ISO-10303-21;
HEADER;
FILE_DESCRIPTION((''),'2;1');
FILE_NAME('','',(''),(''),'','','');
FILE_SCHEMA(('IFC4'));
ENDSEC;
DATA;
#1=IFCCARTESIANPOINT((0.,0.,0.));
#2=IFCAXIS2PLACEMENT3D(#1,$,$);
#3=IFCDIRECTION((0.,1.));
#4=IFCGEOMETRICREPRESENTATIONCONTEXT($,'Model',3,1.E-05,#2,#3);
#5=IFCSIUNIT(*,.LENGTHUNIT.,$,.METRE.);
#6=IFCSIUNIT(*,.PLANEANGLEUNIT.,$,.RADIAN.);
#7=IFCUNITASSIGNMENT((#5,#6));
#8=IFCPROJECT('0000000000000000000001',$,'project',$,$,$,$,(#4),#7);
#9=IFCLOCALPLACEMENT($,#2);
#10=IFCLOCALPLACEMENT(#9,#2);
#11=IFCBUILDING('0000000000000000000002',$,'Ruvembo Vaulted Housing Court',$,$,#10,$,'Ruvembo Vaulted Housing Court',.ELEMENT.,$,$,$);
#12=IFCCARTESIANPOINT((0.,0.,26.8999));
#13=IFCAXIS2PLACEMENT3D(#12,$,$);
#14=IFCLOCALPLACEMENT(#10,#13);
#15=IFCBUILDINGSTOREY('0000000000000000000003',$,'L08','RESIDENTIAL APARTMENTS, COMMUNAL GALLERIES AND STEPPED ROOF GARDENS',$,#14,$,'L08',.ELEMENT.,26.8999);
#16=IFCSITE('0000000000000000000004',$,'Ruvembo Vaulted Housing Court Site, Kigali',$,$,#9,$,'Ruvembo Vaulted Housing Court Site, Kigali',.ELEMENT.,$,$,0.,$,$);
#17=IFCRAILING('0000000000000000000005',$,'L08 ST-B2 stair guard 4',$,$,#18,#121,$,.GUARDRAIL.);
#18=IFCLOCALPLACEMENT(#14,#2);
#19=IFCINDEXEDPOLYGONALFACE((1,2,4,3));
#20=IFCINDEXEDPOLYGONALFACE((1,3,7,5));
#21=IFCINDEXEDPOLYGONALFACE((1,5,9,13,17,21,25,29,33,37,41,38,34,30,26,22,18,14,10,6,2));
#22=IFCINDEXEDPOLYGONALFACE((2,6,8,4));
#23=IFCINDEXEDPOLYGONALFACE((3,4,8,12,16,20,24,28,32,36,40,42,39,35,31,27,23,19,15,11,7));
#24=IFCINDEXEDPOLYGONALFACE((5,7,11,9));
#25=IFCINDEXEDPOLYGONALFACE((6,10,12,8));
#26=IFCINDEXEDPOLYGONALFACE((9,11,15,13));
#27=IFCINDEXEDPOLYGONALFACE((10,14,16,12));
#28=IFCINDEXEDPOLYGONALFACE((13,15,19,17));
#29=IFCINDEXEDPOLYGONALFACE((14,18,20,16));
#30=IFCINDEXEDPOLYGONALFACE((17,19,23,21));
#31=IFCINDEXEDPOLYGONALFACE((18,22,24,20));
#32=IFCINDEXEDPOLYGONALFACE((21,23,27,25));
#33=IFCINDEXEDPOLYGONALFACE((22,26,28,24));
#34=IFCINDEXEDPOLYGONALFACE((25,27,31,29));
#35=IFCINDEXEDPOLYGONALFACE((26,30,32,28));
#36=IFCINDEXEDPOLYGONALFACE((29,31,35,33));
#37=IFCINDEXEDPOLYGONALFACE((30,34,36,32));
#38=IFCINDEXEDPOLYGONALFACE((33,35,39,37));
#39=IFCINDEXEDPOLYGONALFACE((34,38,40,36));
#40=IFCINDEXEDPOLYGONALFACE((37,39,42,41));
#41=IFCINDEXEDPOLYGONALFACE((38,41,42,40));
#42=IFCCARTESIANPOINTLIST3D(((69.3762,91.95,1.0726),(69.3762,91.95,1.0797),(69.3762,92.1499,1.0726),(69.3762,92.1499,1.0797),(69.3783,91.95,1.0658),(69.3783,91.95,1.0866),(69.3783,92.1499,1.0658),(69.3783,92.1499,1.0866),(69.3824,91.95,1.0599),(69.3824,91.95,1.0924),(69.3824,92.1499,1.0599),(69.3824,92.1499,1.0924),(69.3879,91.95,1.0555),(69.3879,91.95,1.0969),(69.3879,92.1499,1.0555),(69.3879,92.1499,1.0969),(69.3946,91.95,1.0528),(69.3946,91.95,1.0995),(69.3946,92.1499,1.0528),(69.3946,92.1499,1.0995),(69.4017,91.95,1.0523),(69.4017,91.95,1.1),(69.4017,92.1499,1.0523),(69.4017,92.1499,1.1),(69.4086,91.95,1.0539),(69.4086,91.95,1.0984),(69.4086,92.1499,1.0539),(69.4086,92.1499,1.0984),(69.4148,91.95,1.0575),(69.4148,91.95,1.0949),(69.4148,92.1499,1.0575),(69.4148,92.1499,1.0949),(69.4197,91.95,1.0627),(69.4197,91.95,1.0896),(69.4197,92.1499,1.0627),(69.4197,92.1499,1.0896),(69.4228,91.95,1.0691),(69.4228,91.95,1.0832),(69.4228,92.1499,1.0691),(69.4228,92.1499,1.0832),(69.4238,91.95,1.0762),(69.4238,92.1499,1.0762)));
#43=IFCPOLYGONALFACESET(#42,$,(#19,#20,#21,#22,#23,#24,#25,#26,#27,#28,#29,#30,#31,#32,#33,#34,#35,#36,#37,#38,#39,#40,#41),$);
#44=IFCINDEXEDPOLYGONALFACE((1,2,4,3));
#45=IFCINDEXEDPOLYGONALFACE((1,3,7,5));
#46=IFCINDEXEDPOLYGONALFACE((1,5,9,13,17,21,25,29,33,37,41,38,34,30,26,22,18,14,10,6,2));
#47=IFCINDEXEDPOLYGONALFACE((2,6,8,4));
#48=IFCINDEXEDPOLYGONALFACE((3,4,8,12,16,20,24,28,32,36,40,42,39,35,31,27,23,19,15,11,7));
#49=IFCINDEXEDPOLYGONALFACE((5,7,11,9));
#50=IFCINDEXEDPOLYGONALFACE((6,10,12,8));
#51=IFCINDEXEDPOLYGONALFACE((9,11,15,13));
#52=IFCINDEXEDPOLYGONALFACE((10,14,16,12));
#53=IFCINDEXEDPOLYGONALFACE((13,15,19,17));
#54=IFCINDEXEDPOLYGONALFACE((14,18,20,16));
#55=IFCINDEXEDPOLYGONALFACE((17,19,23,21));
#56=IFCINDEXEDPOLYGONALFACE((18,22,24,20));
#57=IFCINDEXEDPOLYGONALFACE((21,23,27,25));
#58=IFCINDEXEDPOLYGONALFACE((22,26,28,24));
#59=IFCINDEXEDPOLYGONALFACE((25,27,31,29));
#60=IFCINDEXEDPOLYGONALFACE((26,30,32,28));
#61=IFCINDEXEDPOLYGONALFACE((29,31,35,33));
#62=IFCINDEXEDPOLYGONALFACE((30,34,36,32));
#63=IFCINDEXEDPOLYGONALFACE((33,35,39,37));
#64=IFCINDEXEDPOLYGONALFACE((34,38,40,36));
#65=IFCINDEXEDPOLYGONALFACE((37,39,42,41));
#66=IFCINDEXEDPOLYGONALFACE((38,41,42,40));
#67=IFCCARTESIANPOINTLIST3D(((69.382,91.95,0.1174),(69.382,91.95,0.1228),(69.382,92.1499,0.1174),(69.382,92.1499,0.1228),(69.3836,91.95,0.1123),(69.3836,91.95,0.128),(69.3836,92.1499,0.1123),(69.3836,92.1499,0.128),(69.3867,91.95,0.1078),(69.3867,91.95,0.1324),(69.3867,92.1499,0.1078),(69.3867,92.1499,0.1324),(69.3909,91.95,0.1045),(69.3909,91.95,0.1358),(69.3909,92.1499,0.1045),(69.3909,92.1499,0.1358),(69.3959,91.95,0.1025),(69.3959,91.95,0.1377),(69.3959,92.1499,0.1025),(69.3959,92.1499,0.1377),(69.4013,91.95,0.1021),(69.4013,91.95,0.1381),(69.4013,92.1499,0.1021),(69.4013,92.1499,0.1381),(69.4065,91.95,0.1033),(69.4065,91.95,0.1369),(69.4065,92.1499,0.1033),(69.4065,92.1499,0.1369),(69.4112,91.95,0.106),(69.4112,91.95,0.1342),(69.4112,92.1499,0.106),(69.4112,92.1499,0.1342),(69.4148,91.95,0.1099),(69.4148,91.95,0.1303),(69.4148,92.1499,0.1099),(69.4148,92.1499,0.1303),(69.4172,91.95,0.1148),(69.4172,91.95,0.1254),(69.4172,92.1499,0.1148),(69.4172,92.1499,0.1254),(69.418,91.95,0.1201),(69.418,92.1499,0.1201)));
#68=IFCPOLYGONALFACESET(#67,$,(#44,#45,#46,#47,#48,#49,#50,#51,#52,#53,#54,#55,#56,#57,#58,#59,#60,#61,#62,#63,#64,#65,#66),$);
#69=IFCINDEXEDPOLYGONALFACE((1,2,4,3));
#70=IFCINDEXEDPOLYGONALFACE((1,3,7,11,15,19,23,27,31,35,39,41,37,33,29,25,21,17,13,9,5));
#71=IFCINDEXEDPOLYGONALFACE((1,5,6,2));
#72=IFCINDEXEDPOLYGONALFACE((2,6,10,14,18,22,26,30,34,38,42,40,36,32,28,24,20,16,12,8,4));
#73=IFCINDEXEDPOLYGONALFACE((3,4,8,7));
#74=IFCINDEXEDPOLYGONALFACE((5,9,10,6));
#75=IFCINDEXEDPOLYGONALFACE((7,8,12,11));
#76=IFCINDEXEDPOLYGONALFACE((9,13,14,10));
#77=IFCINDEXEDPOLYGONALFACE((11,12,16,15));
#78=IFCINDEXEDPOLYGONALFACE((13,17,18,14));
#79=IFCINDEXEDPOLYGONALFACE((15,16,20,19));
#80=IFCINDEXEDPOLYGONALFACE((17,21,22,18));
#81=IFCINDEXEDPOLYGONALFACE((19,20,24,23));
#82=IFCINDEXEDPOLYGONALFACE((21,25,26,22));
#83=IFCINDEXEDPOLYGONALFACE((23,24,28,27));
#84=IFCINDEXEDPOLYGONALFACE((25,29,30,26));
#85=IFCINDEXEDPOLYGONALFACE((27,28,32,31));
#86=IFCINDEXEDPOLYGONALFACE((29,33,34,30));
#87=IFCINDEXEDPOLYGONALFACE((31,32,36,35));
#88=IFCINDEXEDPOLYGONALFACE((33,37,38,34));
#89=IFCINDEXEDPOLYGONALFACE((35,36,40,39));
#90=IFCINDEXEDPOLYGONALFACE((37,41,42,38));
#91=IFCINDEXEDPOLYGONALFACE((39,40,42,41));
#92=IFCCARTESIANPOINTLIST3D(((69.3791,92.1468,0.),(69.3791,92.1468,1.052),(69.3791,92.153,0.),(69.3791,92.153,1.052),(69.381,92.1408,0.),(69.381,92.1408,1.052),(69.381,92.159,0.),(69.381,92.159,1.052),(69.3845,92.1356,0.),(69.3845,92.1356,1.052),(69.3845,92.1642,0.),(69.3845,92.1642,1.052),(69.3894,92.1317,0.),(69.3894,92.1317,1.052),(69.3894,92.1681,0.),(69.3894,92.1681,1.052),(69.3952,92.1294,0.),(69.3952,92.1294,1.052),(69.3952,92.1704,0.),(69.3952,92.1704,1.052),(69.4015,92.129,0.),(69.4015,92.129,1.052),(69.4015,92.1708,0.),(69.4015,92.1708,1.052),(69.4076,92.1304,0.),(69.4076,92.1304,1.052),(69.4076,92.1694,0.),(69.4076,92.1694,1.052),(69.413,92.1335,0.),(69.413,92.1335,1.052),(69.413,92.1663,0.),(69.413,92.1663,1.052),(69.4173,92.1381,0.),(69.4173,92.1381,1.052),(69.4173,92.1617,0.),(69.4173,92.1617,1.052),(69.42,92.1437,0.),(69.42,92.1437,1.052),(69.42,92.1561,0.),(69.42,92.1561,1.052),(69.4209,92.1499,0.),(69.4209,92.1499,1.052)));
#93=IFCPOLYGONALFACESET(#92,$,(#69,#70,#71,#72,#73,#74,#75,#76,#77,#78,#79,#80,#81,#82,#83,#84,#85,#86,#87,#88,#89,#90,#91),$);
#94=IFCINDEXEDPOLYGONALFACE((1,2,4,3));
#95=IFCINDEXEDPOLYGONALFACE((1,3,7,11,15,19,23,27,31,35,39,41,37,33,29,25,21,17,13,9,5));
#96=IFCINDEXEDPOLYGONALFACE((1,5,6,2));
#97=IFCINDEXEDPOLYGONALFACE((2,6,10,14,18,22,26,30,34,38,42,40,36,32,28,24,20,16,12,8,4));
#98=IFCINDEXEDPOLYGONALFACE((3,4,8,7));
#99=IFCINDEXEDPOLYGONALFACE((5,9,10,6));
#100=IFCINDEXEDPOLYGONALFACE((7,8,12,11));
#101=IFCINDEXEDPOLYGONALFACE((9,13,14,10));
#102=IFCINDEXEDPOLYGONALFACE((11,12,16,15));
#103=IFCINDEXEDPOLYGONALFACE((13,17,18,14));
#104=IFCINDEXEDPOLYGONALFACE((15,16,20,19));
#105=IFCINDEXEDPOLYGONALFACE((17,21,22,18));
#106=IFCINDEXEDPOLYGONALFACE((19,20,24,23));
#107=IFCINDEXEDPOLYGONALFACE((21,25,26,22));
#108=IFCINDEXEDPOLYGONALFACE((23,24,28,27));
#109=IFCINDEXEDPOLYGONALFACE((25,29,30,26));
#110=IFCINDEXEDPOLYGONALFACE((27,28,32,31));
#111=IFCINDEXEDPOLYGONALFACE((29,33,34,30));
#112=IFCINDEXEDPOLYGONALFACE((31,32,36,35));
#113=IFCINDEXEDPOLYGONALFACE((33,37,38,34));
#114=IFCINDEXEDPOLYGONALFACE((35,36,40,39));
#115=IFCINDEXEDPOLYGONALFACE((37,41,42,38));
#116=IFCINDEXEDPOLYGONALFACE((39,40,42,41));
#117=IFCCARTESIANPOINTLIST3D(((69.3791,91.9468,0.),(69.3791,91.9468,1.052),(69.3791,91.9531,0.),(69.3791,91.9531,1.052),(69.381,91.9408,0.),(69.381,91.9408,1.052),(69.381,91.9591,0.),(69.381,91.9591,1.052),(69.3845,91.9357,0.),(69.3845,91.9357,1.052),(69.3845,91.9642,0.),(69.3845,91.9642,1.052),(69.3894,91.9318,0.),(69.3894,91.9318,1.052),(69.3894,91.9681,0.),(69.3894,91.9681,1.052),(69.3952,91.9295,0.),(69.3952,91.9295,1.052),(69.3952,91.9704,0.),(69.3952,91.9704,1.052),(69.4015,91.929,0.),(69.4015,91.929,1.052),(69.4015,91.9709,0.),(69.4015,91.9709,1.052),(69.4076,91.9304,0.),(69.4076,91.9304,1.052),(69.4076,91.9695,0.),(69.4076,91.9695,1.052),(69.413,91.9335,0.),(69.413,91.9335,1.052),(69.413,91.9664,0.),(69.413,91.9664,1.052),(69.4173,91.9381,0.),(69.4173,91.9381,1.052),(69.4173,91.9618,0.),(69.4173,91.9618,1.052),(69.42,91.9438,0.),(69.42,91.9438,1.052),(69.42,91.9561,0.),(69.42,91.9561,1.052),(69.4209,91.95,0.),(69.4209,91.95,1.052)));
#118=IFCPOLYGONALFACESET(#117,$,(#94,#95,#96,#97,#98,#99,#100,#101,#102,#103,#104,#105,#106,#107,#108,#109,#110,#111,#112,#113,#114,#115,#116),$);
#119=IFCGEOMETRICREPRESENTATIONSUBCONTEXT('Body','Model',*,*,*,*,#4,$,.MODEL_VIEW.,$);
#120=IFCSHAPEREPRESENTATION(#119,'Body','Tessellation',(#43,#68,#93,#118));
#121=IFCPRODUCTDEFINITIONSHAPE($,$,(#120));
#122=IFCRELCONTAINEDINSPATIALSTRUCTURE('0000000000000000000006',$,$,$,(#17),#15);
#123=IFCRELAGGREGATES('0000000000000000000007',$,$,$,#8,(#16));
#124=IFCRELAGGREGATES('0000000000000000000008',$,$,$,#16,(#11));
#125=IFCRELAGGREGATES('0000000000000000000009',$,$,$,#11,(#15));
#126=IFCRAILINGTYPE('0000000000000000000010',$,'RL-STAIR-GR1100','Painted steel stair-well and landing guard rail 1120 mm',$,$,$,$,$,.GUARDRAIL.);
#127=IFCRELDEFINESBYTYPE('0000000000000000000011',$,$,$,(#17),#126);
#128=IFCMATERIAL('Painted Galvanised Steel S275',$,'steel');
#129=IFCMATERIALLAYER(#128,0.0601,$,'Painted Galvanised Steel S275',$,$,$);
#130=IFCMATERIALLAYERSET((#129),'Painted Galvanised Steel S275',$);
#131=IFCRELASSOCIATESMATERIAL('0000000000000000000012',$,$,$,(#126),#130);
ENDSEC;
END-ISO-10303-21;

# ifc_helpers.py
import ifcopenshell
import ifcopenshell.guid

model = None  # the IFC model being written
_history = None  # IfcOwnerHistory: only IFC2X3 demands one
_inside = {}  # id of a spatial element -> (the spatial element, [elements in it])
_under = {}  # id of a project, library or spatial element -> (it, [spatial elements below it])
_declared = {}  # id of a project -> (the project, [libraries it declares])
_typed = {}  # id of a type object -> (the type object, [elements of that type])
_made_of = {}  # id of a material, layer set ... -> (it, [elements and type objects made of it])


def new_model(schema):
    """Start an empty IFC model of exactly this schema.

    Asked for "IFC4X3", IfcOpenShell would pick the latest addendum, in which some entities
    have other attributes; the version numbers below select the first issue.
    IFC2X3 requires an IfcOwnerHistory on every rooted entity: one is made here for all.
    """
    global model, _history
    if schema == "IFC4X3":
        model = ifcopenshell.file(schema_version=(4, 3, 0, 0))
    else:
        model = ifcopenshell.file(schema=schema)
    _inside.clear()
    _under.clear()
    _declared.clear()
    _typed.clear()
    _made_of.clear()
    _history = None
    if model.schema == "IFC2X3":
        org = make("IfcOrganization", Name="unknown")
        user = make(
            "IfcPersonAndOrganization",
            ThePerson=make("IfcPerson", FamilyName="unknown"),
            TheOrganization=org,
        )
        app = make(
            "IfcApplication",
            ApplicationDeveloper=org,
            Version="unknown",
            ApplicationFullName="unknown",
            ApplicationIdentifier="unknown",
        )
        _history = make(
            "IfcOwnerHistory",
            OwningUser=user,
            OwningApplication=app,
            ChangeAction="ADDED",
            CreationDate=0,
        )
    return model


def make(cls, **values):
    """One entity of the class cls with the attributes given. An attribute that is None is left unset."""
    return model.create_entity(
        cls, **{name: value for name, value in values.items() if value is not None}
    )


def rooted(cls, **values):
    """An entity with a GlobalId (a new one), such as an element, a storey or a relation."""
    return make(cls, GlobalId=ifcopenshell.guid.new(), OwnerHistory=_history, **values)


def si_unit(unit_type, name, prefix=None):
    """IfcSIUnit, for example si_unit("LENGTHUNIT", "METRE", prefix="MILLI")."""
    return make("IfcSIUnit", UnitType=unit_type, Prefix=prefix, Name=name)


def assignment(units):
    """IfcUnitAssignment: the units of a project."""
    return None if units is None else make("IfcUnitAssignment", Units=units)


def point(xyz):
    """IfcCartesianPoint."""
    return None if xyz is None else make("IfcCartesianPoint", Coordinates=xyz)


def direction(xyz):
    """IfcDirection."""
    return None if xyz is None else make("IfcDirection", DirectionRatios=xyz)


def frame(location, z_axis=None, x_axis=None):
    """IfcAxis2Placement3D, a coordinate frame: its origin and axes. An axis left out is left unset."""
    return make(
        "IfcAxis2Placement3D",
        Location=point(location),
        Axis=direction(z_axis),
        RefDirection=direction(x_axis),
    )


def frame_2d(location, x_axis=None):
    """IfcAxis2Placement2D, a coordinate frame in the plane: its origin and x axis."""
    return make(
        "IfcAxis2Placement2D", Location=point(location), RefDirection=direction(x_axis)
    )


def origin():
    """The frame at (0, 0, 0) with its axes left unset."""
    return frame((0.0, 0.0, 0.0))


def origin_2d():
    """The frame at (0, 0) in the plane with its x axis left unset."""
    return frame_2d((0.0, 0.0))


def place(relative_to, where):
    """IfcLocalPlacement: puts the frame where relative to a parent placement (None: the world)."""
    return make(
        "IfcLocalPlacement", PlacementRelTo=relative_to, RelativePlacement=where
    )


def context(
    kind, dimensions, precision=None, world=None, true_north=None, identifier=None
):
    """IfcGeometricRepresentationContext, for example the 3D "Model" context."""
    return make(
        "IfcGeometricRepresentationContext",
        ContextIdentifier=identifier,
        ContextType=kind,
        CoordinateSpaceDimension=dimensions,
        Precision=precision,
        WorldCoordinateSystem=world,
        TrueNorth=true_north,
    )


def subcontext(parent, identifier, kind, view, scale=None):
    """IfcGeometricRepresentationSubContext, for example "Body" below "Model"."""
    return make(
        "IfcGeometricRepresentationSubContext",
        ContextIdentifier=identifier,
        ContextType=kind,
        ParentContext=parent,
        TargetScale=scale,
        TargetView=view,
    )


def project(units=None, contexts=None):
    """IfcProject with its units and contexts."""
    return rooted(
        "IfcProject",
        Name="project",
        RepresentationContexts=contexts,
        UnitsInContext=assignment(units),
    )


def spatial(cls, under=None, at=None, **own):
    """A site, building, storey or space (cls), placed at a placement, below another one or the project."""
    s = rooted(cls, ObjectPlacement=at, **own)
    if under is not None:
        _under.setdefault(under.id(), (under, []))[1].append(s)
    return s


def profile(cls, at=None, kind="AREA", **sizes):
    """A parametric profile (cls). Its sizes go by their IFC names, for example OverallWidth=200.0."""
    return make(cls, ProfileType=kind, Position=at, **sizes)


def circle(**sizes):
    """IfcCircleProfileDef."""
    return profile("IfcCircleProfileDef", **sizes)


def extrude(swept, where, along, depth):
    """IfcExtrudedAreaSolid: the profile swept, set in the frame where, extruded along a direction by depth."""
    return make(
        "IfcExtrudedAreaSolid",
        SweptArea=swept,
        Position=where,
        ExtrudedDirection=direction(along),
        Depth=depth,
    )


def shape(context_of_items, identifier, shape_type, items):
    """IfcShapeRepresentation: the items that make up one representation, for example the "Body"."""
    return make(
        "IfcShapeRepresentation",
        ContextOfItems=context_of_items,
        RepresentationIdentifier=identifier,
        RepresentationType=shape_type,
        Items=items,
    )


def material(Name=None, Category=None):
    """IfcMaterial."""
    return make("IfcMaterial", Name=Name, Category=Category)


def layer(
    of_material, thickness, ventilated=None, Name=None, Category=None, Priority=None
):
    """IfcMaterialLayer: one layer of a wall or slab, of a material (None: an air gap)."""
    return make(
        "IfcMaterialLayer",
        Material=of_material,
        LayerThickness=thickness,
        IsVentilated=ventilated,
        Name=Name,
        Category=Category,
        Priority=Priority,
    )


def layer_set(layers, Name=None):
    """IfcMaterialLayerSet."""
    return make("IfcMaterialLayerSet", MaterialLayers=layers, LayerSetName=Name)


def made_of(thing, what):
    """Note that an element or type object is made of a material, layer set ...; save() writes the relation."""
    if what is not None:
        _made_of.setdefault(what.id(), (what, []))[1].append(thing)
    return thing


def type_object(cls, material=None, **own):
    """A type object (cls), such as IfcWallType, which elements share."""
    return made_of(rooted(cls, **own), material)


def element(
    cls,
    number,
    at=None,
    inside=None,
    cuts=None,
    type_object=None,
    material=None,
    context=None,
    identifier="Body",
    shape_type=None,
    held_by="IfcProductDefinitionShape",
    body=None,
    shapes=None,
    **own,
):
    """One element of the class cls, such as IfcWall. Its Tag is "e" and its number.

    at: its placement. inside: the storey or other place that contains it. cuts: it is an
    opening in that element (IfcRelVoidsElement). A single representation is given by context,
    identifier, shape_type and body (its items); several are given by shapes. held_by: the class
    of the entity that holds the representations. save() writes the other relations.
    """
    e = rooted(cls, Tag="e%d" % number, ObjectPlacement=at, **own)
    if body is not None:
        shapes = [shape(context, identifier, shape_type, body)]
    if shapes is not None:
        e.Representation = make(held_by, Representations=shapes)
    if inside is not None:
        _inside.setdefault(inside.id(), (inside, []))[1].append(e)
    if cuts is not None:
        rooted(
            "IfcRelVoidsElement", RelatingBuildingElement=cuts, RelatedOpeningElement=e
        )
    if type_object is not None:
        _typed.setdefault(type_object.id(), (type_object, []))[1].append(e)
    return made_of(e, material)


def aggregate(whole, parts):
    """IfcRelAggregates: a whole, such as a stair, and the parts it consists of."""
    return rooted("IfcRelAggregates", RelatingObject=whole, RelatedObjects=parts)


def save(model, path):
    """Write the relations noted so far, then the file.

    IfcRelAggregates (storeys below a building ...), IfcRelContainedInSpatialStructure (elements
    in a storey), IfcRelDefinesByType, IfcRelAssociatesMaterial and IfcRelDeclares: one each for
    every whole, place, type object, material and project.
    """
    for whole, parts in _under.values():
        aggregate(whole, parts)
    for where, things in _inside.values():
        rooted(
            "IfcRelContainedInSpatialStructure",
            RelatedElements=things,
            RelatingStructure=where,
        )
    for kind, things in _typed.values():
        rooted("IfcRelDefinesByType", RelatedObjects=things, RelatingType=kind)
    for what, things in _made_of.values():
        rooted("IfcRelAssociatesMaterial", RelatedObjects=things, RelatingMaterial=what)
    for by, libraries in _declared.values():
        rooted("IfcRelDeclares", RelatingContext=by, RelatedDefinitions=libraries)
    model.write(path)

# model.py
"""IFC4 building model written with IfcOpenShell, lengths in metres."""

from ifc_helpers import new_model, si_unit, direction, frame, origin, origin_2d, place, context, subcontext, project, spatial, circle, extrude, material, layer, layer_set, type_object, element, save


model = new_model("IFC4")

# Units and contexts
model_context = context("Model", 3, precision=1e-05, world=origin(), true_north=direction((0.0, 1.0)))
body_context = subcontext(model_context, "Body", "Model", "MODEL_VIEW")
ifc_project = project(units=[si_unit("LENGTHUNIT", "METRE"), si_unit("PLANEANGLEUNIT", "RADIAN")], contexts=[model_context])

# Site, building, storey
site_placement = place(None, origin())
site = spatial("IfcSite", under=ifc_project, at=site_placement, Name="Ruvembo Vaulted Housing Court Site, Kigali", LongName="Ruvembo Vaulted Housing Court Site, Kigali", CompositionType="ELEMENT", RefElevation=0.0)
building_placement = place(site_placement, origin())
building = spatial("IfcBuilding", under=site, at=building_placement, Name="Ruvembo Vaulted Housing Court", LongName="Ruvembo Vaulted Housing Court", CompositionType="ELEMENT")
storey_placement = place(building_placement, frame((0.0, 0.0, 26.8999)))
storey = spatial("IfcBuildingStorey", under=building, at=storey_placement, Name="L08", Description="RESIDENTIAL APARTMENTS, COMMUNAL GALLERIES AND STEPPED ROOF GARDENS", LongName="L08", CompositionType="ELEMENT", Elevation=26.8999)

# Railing
ifc_material_1 = material(Name="Painted Galvanised Steel S275", Category="steel")
ifc_layer_1 = layer(ifc_material_1, 0.0601, Name="Painted Galvanised Steel S275")
ifc_layer_set_1 = layer_set([ifc_layer_1], Name="Painted Galvanised Steel S275")
railing_type_1 = type_object("IfcRailingType", Name="RL-STAIR-GR1100", Description="Painted steel stair-well and landing guard rail 1120 mm", PredefinedType="GUARDRAIL", material=ifc_layer_set_1)
railing_1_placement = place(storey_placement, frame((69.3999, 92.1499, 0.0)))
element("IfcRailing", 1, at=railing_1_placement, inside=storey, type_object=railing_type_1, Name="L08 ST-B2 stair guard 4", PredefinedType="GUARDRAIL", context=body_context, shape_type="SweptSolid", body=[
    extrude(circle(Radius=0.0239, at=origin_2d()), frame((0.0, 0.0, 1.0762), z_axis=(0.0, -1.0, 0.0), x_axis=(1.0, 0.0, 0.0)), (0.0, 0.0, 1.0), 0.2),
    extrude(circle(Radius=0.0181, at=origin_2d()), frame((0.0, 0.0, 0.1201), z_axis=(0.0, -1.0, 0.0), x_axis=(1.0, 0.0, 0.0)), (0.0, 0.0, 1.0), 0.2),
    extrude(circle(Radius=0.021, at=origin_2d()), origin(), (0.0, 0.0, 1.0), 1.052),
    extrude(circle(Radius=0.021, at=origin_2d()), frame((0.0, -0.2, 0.0)), (0.0, 0.0, 1.0), 1.052),
])

save(model, "model.ifc")
